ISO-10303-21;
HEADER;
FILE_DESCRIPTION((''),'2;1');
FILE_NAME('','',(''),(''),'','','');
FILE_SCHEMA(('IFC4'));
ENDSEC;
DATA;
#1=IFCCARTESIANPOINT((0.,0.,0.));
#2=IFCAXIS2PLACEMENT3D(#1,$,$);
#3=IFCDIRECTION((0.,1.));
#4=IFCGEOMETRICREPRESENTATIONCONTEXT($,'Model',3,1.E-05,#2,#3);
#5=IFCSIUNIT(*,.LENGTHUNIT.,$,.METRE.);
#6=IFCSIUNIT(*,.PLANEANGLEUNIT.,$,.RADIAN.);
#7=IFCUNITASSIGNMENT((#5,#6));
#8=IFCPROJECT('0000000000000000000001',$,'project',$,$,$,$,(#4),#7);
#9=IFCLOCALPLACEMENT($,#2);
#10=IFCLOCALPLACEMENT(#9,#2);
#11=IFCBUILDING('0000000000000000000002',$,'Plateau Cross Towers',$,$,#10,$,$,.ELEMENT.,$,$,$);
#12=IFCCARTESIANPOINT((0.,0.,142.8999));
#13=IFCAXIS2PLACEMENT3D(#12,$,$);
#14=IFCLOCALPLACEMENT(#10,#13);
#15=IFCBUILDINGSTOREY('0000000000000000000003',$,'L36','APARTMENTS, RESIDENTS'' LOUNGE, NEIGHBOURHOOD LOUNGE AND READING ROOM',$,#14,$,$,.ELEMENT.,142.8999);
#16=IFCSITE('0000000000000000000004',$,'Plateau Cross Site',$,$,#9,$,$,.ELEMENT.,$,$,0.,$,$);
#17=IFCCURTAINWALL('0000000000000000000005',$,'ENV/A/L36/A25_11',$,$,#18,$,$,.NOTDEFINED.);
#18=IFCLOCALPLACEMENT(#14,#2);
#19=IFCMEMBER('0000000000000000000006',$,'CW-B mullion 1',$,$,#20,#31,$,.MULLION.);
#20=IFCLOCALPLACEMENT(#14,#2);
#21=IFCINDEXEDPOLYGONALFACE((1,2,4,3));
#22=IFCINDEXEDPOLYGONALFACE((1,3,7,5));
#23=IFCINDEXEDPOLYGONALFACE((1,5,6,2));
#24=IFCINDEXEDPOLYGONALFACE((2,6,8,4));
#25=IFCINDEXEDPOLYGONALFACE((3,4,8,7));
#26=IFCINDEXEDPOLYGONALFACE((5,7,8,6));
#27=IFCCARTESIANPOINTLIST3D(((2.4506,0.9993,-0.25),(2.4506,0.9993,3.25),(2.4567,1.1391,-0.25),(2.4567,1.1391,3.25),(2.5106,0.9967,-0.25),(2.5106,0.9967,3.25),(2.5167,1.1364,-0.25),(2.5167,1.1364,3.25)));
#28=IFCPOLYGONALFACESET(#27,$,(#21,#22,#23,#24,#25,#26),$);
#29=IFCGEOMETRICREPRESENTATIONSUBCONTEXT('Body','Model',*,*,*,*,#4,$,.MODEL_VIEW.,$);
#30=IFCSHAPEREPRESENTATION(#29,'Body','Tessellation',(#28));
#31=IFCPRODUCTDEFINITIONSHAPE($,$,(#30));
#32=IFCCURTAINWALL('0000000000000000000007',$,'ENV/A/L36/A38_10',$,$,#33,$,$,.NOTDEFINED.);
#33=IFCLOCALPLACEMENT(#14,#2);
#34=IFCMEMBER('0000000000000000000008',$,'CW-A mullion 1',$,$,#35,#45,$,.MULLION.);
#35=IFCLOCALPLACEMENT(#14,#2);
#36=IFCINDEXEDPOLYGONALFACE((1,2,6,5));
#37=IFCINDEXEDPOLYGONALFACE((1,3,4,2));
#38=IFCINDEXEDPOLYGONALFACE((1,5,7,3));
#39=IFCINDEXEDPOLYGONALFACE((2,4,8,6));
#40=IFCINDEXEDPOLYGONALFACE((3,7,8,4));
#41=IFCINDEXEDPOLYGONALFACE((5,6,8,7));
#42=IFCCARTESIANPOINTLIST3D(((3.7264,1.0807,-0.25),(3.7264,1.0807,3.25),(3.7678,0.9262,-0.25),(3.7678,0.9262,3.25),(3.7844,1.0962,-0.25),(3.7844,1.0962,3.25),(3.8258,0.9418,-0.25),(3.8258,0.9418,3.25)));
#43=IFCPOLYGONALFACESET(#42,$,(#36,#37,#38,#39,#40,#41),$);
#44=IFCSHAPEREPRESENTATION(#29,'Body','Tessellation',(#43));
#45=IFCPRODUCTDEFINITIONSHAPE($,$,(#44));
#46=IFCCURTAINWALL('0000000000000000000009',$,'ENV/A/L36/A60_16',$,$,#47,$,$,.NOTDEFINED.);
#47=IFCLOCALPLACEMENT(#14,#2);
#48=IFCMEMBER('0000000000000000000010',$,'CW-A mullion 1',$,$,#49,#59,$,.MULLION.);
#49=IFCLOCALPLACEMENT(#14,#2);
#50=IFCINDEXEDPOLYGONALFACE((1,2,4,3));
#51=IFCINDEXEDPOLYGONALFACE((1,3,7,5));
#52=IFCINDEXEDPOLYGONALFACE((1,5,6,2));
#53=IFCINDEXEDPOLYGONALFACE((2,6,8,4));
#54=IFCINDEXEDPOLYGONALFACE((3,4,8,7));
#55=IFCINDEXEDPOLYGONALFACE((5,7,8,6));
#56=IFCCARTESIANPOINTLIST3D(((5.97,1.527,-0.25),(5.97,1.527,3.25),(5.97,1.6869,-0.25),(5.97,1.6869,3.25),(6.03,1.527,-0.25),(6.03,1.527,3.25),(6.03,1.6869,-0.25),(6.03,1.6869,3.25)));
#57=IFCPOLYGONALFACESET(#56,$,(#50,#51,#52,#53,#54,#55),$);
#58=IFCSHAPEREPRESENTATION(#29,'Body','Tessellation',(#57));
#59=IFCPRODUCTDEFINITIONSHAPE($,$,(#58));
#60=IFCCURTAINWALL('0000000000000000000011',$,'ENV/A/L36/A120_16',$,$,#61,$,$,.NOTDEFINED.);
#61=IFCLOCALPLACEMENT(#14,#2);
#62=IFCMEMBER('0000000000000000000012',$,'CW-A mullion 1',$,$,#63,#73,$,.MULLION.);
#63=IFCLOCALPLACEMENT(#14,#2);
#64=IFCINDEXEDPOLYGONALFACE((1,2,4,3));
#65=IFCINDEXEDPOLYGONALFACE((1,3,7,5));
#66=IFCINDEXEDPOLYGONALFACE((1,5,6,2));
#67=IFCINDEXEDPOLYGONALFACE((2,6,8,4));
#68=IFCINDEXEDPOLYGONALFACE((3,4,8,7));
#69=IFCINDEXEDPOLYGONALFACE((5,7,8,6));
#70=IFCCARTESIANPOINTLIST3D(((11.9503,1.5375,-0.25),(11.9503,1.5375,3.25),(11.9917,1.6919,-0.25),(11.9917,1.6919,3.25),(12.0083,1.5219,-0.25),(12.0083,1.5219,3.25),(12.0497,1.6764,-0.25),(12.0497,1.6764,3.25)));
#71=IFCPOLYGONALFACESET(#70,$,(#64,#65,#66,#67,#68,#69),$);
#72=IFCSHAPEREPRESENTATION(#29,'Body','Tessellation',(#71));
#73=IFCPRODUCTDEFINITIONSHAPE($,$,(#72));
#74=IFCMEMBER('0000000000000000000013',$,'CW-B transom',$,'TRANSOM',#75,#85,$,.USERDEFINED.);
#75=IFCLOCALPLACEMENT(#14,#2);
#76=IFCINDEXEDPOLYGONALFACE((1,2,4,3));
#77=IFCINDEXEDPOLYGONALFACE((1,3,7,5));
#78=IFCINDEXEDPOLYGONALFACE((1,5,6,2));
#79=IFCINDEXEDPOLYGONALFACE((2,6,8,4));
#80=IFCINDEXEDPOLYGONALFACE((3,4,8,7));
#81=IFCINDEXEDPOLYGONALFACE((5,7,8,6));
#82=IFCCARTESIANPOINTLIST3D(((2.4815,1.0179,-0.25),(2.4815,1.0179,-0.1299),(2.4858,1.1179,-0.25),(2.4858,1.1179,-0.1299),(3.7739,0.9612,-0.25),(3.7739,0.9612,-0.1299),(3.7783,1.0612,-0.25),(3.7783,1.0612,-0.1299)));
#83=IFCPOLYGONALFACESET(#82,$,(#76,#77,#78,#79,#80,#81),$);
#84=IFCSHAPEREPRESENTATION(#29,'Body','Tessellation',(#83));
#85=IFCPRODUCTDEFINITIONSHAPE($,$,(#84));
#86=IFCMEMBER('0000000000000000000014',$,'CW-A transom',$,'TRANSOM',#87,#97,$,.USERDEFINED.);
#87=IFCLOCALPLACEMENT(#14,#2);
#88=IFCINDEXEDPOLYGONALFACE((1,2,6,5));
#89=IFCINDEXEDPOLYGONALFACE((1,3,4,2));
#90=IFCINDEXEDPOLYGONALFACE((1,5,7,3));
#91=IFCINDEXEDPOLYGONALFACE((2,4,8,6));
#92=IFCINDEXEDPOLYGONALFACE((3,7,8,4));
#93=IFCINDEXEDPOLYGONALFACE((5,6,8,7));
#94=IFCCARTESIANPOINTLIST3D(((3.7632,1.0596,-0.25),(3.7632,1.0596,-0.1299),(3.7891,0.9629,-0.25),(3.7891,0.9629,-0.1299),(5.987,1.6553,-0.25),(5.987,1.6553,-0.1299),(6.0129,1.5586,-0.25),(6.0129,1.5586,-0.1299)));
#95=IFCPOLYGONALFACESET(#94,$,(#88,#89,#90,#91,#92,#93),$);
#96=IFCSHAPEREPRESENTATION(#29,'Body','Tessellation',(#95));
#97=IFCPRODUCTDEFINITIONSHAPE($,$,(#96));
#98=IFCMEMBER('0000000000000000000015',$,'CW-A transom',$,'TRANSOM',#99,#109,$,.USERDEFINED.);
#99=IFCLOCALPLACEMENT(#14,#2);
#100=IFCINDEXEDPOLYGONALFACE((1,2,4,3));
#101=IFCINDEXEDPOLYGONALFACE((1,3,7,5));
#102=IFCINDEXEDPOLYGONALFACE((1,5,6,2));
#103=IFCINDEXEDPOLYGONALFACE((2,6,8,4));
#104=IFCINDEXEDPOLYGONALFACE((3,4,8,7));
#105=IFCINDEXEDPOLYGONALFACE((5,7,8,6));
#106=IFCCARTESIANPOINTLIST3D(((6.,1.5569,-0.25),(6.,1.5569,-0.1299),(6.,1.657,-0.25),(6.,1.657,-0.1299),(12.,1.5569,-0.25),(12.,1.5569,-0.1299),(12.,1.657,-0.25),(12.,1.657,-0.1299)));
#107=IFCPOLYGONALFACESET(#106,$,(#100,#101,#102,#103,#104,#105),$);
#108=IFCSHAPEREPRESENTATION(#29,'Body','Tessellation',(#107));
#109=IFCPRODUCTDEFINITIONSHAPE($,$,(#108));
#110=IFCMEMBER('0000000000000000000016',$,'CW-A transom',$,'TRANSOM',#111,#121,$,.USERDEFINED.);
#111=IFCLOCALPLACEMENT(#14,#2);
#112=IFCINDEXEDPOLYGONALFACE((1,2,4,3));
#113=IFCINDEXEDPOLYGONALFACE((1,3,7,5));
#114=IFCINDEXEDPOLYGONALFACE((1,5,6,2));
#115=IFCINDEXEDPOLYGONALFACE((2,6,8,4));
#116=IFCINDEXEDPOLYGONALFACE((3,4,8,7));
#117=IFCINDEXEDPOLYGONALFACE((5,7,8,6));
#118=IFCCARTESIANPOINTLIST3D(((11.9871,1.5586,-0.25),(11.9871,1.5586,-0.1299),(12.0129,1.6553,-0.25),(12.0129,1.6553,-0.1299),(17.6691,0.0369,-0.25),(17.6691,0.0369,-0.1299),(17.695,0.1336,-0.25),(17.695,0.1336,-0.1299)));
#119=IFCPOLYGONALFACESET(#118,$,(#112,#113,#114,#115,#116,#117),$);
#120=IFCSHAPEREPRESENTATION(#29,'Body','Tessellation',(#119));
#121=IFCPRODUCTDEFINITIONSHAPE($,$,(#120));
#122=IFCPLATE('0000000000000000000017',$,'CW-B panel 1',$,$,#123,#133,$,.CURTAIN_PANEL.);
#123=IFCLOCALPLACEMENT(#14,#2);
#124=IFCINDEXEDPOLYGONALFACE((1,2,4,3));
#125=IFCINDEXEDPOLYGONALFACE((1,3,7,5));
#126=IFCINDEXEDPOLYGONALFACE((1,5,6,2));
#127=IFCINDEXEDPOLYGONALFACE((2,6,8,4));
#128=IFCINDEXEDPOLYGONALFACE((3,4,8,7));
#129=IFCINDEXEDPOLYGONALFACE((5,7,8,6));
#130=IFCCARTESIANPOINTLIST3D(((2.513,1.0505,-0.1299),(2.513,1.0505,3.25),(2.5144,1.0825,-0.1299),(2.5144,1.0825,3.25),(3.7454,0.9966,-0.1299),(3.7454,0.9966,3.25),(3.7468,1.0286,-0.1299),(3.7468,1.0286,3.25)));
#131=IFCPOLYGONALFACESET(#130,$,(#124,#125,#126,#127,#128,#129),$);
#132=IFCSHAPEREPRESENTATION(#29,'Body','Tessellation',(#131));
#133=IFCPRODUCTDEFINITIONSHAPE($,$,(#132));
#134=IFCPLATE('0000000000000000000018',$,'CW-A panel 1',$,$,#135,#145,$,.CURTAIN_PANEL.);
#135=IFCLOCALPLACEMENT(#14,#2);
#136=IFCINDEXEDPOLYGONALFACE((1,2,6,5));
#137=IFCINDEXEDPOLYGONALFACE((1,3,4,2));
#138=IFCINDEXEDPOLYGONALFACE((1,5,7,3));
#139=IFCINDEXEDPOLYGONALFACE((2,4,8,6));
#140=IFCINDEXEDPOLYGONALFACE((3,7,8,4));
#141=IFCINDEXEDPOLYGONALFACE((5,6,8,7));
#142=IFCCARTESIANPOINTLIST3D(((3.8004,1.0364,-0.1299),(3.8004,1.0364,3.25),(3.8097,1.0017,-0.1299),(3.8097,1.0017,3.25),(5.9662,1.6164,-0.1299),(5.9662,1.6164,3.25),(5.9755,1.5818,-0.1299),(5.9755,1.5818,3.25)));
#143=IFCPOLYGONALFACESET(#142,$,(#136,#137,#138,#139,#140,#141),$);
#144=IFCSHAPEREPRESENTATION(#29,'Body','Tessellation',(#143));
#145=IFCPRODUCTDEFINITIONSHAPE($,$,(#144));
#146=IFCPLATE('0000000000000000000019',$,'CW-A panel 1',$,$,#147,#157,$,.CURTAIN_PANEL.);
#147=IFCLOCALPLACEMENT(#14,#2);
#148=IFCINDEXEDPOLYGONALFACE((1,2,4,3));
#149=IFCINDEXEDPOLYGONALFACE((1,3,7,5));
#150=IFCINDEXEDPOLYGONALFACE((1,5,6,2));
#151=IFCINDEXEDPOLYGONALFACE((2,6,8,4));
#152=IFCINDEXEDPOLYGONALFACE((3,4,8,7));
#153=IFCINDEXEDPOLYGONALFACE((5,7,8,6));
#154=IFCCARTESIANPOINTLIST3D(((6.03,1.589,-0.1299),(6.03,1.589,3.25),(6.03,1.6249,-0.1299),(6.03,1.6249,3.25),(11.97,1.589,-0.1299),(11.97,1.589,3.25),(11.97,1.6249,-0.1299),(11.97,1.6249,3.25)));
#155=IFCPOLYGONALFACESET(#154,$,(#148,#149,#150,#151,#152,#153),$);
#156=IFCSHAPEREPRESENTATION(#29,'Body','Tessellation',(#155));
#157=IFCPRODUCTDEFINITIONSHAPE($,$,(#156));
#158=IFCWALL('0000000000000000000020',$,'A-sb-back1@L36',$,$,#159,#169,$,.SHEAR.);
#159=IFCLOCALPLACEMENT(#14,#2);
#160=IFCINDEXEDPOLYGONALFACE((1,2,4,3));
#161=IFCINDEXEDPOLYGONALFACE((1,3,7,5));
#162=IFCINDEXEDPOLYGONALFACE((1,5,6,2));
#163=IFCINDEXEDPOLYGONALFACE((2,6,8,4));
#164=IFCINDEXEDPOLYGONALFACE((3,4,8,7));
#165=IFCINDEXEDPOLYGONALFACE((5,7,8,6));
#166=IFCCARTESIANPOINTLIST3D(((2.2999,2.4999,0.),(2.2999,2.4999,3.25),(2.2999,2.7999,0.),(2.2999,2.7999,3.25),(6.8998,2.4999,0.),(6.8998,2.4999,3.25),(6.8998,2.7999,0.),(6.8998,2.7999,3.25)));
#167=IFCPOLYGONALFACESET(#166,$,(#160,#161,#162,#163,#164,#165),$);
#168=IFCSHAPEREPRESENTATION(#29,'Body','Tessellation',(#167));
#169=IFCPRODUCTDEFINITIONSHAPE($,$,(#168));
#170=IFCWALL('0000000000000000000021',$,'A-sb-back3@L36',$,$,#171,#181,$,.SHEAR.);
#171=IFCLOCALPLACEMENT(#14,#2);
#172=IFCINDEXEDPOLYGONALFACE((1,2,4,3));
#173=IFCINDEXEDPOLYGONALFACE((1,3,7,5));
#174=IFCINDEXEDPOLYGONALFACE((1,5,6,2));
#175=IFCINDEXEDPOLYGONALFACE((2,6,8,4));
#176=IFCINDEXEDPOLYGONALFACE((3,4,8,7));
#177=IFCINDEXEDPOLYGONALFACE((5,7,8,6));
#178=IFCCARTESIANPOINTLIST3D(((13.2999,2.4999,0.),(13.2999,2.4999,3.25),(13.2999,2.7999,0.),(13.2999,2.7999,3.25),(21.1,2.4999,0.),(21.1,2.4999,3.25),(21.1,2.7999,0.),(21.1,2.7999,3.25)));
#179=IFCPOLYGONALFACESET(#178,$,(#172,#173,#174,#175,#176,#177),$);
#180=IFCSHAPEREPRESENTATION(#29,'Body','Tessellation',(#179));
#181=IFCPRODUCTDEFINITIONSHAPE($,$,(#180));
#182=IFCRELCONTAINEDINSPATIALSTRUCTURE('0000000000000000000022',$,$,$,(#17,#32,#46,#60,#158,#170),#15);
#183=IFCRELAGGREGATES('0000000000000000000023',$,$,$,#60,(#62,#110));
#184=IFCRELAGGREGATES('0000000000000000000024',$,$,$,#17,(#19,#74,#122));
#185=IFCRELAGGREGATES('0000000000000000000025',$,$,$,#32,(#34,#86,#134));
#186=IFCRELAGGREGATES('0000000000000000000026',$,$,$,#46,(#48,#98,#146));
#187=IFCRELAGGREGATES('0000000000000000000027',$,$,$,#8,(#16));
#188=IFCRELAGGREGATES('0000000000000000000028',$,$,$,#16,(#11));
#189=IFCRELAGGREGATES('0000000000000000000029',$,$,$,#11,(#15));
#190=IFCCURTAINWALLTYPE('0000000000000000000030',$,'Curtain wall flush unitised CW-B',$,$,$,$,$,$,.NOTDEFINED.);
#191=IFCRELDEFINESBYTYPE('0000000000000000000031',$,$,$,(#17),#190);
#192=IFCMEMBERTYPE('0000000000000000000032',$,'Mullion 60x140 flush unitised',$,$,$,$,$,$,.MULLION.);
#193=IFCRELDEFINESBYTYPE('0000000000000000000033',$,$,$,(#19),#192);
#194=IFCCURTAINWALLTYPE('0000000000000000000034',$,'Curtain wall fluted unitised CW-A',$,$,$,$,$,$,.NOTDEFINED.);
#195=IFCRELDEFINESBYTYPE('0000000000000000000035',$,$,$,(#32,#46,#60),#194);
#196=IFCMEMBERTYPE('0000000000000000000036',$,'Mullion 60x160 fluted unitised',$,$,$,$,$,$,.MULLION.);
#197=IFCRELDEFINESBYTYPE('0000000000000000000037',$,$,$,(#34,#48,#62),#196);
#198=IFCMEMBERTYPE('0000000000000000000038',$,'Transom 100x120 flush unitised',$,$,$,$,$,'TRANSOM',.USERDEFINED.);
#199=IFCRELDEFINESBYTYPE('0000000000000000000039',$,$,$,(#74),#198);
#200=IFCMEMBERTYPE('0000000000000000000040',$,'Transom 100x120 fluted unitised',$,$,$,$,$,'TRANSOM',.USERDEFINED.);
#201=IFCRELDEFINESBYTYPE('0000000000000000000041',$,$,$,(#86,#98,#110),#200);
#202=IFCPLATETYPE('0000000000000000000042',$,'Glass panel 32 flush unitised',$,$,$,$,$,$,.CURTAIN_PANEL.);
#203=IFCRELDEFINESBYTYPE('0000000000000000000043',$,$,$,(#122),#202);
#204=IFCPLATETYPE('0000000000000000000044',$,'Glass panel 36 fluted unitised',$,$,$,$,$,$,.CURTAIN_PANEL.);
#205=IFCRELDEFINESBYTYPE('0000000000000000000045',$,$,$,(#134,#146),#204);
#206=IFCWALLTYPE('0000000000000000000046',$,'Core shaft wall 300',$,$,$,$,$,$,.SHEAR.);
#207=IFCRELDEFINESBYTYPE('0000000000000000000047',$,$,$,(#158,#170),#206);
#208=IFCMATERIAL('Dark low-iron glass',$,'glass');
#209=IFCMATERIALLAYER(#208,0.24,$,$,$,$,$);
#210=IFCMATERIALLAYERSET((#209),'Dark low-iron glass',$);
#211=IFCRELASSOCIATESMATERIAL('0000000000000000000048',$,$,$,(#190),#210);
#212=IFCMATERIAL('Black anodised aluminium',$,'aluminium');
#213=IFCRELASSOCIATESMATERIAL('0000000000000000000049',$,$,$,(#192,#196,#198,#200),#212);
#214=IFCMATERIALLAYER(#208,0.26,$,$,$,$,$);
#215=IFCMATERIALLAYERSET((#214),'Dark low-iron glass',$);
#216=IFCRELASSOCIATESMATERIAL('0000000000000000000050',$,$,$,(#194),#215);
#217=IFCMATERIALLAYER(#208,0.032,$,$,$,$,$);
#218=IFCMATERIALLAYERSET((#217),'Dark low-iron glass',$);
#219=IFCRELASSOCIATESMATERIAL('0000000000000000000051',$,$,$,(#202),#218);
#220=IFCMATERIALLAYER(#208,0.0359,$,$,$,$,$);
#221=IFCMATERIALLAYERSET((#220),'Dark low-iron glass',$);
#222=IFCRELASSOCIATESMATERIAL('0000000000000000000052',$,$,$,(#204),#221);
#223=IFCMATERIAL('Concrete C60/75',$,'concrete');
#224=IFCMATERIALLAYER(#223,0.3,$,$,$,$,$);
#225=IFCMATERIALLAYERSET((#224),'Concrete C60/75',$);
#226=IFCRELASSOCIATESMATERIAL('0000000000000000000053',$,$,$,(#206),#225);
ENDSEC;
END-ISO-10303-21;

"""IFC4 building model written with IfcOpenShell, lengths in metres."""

from ifc_helpers import new_model, si_unit, direction, frame, frame_2d, origin, origin_2d, place, context, subcontext, project, spatial, rectangle, extrude, material, layer, layer_set, material_profile, profile_set, type_object, element, aggregate, save


model = new_model("IFC4")

# Units and contexts
model_context = context("Model", 3, precision=1e-05, world=origin(), true_north=direction((0.0, 1.0)))
body_context = subcontext(model_context, "Body", "Model", "MODEL_VIEW")
ifc_project = project(units=[si_unit("LENGTHUNIT", "METRE"), si_unit("PLANEANGLEUNIT", "RADIAN")], contexts=[model_context])

# Site, building, storey
site_placement = place(None, origin())
site = spatial("IfcSite", under=ifc_project, at=site_placement, Name="Plateau Cross Site", CompositionType="ELEMENT", RefElevation=0.0)
building_placement = place(site_placement, origin())
building = spatial("IfcBuilding", under=site, at=building_placement, Name="Plateau Cross Towers", CompositionType="ELEMENT")
storey_placement = place(building_placement, frame((0.0, 0.0, 142.8999)))
storey = spatial("IfcBuildingStorey", under=building, at=storey_placement, Name="L36", Description="APARTMENTS, RESIDENTS' LOUNGE, NEIGHBOURHOOD LOUNGE AND READING ROOM", CompositionType="ELEMENT", Elevation=142.8999)

# Curtain walls, members
ifc_material_1 = material(Name="Dark low-iron glass", Category="glass")
ifc_layer_1 = layer(ifc_material_1, 0.24)
ifc_layer_set_1 = layer_set([ifc_layer_1], Name="Dark low-iron glass")
curtain_wall_type_1 = type_object("IfcCurtainWallType", Name="Curtain wall flush unitised CW-B", PredefinedType="NOTDEFINED", material=ifc_layer_set_1)
curtain_wall_1_placement = place(storey_placement, origin())
curtain_wall_1 = element("IfcCurtainWall", 1, at=curtain_wall_1_placement, inside=storey, type_object=curtain_wall_type_1, Name="ENV/A/L36/A25_11", PredefinedType="NOTDEFINED")
ifc_material_2 = material(Name="Black anodised aluminium", Category="aluminium")
ifc_material_profile_1 = material_profile(ifc_material_2, rectangle(XDim=0.0601, YDim=0.1399, at=origin_2d()), Name="MULLION 60x140")
ifc_profile_set_1 = profile_set([ifc_material_profile_1], Name="Black anodised aluminium")
member_type_1 = type_object("IfcMemberType", Name="Mullion 60x140 flush unitised", PredefinedType="MULLION", material=ifc_profile_set_1)
member_1_placement = place(storey_placement, frame((2.4836, 1.0679, -0.25), z_axis=(0.0, 0.0, 1.0), x_axis=(0.999044, -0.043723, 0.0)))
member_1 = element("IfcMember", 2, at=member_1_placement, type_object=member_type_1, Name="CW-B mullion 1", PredefinedType="MULLION", context=body_context, shape_type="SweptSolid", body=[
    extrude(rectangle(XDim=0.0601, YDim=0.1399, at=origin_2d()), origin(), (0.0, 0.0, 1.0), 3.5),
])
ifc_layer_2 = layer(ifc_material_1, 0.26)
ifc_layer_set_2 = layer_set([ifc_layer_2], Name="Dark low-iron glass")
curtain_wall_type_2 = type_object("IfcCurtainWallType", Name="Curtain wall fluted unitised CW-A", PredefinedType="NOTDEFINED", material=ifc_layer_set_2)
curtain_wall_2_placement = place(storey_placement, origin())
curtain_wall_2 = element("IfcCurtainWall", 3, at=curtain_wall_2_placement, inside=storey, type_object=curtain_wall_type_2, Name="ENV/A/L36/A38_10", PredefinedType="NOTDEFINED")
ifc_material_profile_2 = material_profile(ifc_material_2, rectangle(XDim=0.0601, YDim=0.1599, at=origin_2d()), Name="MULLION 60x160")
ifc_profile_set_2 = profile_set([ifc_material_profile_2], Name="Black anodised aluminium")
member_type_2 = type_object("IfcMemberType", Name="Mullion 60x160 fluted unitised", PredefinedType="MULLION", material=ifc_profile_set_2)
member_2_placement = place(storey_placement, frame((3.7761, 1.0112, -0.25), z_axis=(0.0, 0.0, 1.0), x_axis=(0.965958, 0.258699, 0.0)))
member_2 = element("IfcMember", 4, at=member_2_placement, type_object=member_type_2, Name="CW-A mullion 1", PredefinedType="MULLION", context=body_context, shape_type="SweptSolid", body=[
    extrude(rectangle(XDim=0.0601, YDim=0.1599, at=origin_2d()), origin(), (0.0, 0.0, 1.0), 3.5),
])
curtain_wall_3_placement = place(storey_placement, origin())
curtain_wall_3 = element("IfcCurtainWall", 5, at=curtain_wall_3_placement, inside=storey, type_object=curtain_wall_type_2, Name="ENV/A/L36/A60_16", PredefinedType="NOTDEFINED")
member_3_placement = place(storey_placement, frame((6.0, 1.6069, -0.25), z_axis=(0.0, 0.0, 1.0), x_axis=(1.0, 0.0, 0.0)))
member_3 = element("IfcMember", 6, at=member_3_placement, type_object=member_type_2, Name="CW-A mullion 1", PredefinedType="MULLION", context=body_context, shape_type="SweptSolid", body=[
    extrude(rectangle(XDim=0.0601, YDim=0.1599, at=origin_2d()), origin(), (0.0, 0.0, 1.0), 3.5),
])
curtain_wall_4_placement = place(storey_placement, origin())
curtain_wall_4 = element("IfcCurtainWall", 7, at=curtain_wall_4_placement, inside=storey, type_object=curtain_wall_type_2, Name="ENV/A/L36/A120_16", PredefinedType="NOTDEFINED")
member_4_placement = place(storey_placement, frame((12.0, 1.6069, -0.25), z_axis=(0.0, 0.0, 1.0), x_axis=(0.965958, -0.258699, 0.0)))
member_4 = element("IfcMember", 8, at=member_4_placement, type_object=member_type_2, Name="CW-A mullion 1", PredefinedType="MULLION", context=body_context, shape_type="SweptSolid", body=[
    extrude(rectangle(XDim=0.0601, YDim=0.1599, at=origin_2d()), origin(), (0.0, 0.0, 1.0), 3.5),
])

# Members
ifc_material_profile_3 = material_profile(ifc_material_2, rectangle(XDim=0.1001, YDim=0.1201, at=origin_2d()), Name="TRANSOM 100x120")
ifc_profile_set_3 = profile_set([ifc_material_profile_3], Name="Black anodised aluminium")
member_type_3 = type_object("IfcMemberType", Name="Transom 100x120 flush unitised", ElementType="TRANSOM", PredefinedType="USERDEFINED", material=ifc_profile_set_3)
member_5_placement = place(storey_placement, frame((2.4836, 1.0679, -0.1899), z_axis=(0.999041, -0.043781, 0.0), x_axis=(0.043781, 0.999041, 0.0)))
member_5 = element("IfcMember", 9, at=member_5_placement, type_object=member_type_3, Name="CW-B transom", ObjectType="TRANSOM", PredefinedType="USERDEFINED", context=body_context, shape_type="SweptSolid", body=[
    extrude(rectangle(XDim=0.1001, YDim=0.1201, at=origin_2d()), origin(), (0.0, 0.0, 1.0), 1.2937),
])
ifc_material_profile_4 = material_profile(ifc_material_2, rectangle(XDim=0.1001, YDim=0.1201, at=origin_2d()), Name="TRANSOM 100x120")
ifc_profile_set_4 = profile_set([ifc_material_profile_4], Name="Black anodised aluminium")
member_type_4 = type_object("IfcMemberType", Name="Transom 100x120 fluted unitised", ElementType="TRANSOM", PredefinedType="USERDEFINED", material=ifc_profile_set_4)
member_6_placement = place(storey_placement, frame((3.7761, 1.0112, -0.1899), z_axis=(0.965946, 0.258745, 0.0), x_axis=(-0.258745, 0.965946, 0.0)))
member_6 = element("IfcMember", 10, at=member_6_placement, type_object=member_type_4, Name="CW-A transom", ObjectType="TRANSOM", PredefinedType="USERDEFINED", context=body_context, shape_type="SweptSolid", body=[
    extrude(rectangle(XDim=0.1001, YDim=0.1201, at=origin_2d()), origin(), (0.0, 0.0, 1.0), 2.3022),
])
member_7_placement = place(storey_placement, frame((6.0, 1.6069, -0.1899), z_axis=(1.0, 0.0, 0.0), x_axis=(0.0, 1.0, 0.0)))
member_7 = element("IfcMember", 11, at=member_7_placement, type_object=member_type_4, Name="CW-A transom", ObjectType="TRANSOM", PredefinedType="USERDEFINED", context=body_context, shape_type="SweptSolid", body=[
    extrude(rectangle(XDim=0.1001, YDim=0.1201, at=origin_2d()), origin(), (0.0, 0.0, 1.0), 6.0),
])
member_8_placement = place(storey_placement, frame((12.0, 1.6069, -0.1899), z_axis=(0.96596, -0.258693, 0.0), x_axis=(0.258693, 0.96596, 0.0)))
member_8 = element("IfcMember", 12, at=member_8_placement, type_object=member_type_4, Name="CW-A transom", ObjectType="TRANSOM", PredefinedType="USERDEFINED", context=body_context, shape_type="SweptSolid", body=[
    extrude(rectangle(XDim=0.1001, YDim=0.1201, at=origin_2d()), origin(), (0.0, 0.0, 1.0), 5.8823),
])
aggregate(curtain_wall_4, [member_4, member_8])

# Plates
ifc_layer_3 = layer(ifc_material_1, 0.032)
ifc_layer_set_3 = layer_set([ifc_layer_3], Name="Dark low-iron glass")
plate_type_1 = type_object("IfcPlateType", Name="Glass panel 32 flush unitised", PredefinedType="CURTAIN_PANEL", material=ifc_layer_set_3)
plate_1_placement = place(storey_placement, frame((3.1299, 1.0396, -0.1299), z_axis=(0.0, 0.0, 1.0), x_axis=(0.999044, -0.043723, 0.0)))
plate_1 = element("IfcPlate", 13, at=plate_1_placement, type_object=plate_type_1, Name="CW-B panel 1", PredefinedType="CURTAIN_PANEL", context=body_context, shape_type="SweptSolid", body=[
    extrude(rectangle(XDim=1.2336, YDim=0.032, at=origin_2d()), origin(), (0.0, 0.0, 1.0), 3.3799),
])
aggregate(curtain_wall_1, [member_1, member_5, plate_1])
ifc_layer_4 = layer(ifc_material_1, 0.0359)
ifc_layer_set_4 = layer_set([ifc_layer_4], Name="Dark low-iron glass")
plate_type_2 = type_object("IfcPlateType", Name="Glass panel 36 fluted unitised", PredefinedType="CURTAIN_PANEL", material=ifc_layer_set_4)
plate_2_placement = place(storey_placement, frame((4.8879, 1.3091, -0.1299), z_axis=(0.0, 0.0, 1.0), x_axis=(0.965958, 0.258699, 0.0)))
plate_2 = element("IfcPlate", 14, at=plate_2_placement, type_object=plate_type_2, Name="CW-A panel 1", PredefinedType="CURTAIN_PANEL", context=body_context, shape_type="SweptSolid", body=[
    extrude(rectangle(XDim=2.2422, YDim=0.0359, at=origin_2d()), origin(), (0.0, 0.0, 1.0), 3.3799),
])
aggregate(curtain_wall_2, [member_2, member_6, plate_2])
plate_3_placement = place(storey_placement, frame((9.0, 1.6069, -0.1299), z_axis=(0.0, 0.0, 1.0), x_axis=(1.0, 0.0, 0.0)))
plate_3 = element("IfcPlate", 15, at=plate_3_placement, type_object=plate_type_2, Name="CW-A panel 1", PredefinedType="CURTAIN_PANEL", context=body_context, shape_type="SweptSolid", body=[
    extrude(rectangle(XDim=5.9399, YDim=0.0359, at=origin_2d()), origin(), (0.0, 0.0, 1.0), 3.3799),
])
aggregate(curtain_wall_3, [member_3, member_7, plate_3])

# Walls
ifc_material_3 = material(Name="Concrete C60/75", Category="concrete")
ifc_layer_5 = layer(ifc_material_3, 0.3)
ifc_layer_set_5 = layer_set([ifc_layer_5], Name="Concrete C60/75")
wall_type_1 = type_object("IfcWallType", Name="Core shaft wall 300", PredefinedType="SHEAR", material=ifc_layer_set_5)
wall_1_placement = place(storey_placement, frame((2.3, 2.6499, 0.0), z_axis=(0.0, 0.0, 1.0), x_axis=(1.0, 0.0, 0.0)))
element("IfcWall", 16, at=wall_1_placement, inside=storey, type_object=wall_type_1, Name="A-sb-back1@L36", PredefinedType="SHEAR", context=body_context, shape_type="SweptSolid", body=[
    extrude(rectangle(XDim=4.5999, YDim=0.3, at=frame_2d((2.2998, 0.0))), origin(), (0.0, 0.0, 1.0), 3.25),
])
wall_2_placement = place(storey_placement, frame((13.3, 2.6499, 0.0), z_axis=(0.0, 0.0, 1.0), x_axis=(1.0, 0.0, 0.0)))
element("IfcWall", 17, at=wall_2_placement, inside=storey, type_object=wall_type_1, Name="A-sb-back3@L36", PredefinedType="SHEAR", context=body_context, shape_type="SweptSolid", body=[
    extrude(rectangle(XDim=7.8, YDim=0.3, at=frame_2d((3.8999, 0.0))), origin(), (0.0, 0.0, 1.0), 3.25),
])

save(model, "model.ifc")
